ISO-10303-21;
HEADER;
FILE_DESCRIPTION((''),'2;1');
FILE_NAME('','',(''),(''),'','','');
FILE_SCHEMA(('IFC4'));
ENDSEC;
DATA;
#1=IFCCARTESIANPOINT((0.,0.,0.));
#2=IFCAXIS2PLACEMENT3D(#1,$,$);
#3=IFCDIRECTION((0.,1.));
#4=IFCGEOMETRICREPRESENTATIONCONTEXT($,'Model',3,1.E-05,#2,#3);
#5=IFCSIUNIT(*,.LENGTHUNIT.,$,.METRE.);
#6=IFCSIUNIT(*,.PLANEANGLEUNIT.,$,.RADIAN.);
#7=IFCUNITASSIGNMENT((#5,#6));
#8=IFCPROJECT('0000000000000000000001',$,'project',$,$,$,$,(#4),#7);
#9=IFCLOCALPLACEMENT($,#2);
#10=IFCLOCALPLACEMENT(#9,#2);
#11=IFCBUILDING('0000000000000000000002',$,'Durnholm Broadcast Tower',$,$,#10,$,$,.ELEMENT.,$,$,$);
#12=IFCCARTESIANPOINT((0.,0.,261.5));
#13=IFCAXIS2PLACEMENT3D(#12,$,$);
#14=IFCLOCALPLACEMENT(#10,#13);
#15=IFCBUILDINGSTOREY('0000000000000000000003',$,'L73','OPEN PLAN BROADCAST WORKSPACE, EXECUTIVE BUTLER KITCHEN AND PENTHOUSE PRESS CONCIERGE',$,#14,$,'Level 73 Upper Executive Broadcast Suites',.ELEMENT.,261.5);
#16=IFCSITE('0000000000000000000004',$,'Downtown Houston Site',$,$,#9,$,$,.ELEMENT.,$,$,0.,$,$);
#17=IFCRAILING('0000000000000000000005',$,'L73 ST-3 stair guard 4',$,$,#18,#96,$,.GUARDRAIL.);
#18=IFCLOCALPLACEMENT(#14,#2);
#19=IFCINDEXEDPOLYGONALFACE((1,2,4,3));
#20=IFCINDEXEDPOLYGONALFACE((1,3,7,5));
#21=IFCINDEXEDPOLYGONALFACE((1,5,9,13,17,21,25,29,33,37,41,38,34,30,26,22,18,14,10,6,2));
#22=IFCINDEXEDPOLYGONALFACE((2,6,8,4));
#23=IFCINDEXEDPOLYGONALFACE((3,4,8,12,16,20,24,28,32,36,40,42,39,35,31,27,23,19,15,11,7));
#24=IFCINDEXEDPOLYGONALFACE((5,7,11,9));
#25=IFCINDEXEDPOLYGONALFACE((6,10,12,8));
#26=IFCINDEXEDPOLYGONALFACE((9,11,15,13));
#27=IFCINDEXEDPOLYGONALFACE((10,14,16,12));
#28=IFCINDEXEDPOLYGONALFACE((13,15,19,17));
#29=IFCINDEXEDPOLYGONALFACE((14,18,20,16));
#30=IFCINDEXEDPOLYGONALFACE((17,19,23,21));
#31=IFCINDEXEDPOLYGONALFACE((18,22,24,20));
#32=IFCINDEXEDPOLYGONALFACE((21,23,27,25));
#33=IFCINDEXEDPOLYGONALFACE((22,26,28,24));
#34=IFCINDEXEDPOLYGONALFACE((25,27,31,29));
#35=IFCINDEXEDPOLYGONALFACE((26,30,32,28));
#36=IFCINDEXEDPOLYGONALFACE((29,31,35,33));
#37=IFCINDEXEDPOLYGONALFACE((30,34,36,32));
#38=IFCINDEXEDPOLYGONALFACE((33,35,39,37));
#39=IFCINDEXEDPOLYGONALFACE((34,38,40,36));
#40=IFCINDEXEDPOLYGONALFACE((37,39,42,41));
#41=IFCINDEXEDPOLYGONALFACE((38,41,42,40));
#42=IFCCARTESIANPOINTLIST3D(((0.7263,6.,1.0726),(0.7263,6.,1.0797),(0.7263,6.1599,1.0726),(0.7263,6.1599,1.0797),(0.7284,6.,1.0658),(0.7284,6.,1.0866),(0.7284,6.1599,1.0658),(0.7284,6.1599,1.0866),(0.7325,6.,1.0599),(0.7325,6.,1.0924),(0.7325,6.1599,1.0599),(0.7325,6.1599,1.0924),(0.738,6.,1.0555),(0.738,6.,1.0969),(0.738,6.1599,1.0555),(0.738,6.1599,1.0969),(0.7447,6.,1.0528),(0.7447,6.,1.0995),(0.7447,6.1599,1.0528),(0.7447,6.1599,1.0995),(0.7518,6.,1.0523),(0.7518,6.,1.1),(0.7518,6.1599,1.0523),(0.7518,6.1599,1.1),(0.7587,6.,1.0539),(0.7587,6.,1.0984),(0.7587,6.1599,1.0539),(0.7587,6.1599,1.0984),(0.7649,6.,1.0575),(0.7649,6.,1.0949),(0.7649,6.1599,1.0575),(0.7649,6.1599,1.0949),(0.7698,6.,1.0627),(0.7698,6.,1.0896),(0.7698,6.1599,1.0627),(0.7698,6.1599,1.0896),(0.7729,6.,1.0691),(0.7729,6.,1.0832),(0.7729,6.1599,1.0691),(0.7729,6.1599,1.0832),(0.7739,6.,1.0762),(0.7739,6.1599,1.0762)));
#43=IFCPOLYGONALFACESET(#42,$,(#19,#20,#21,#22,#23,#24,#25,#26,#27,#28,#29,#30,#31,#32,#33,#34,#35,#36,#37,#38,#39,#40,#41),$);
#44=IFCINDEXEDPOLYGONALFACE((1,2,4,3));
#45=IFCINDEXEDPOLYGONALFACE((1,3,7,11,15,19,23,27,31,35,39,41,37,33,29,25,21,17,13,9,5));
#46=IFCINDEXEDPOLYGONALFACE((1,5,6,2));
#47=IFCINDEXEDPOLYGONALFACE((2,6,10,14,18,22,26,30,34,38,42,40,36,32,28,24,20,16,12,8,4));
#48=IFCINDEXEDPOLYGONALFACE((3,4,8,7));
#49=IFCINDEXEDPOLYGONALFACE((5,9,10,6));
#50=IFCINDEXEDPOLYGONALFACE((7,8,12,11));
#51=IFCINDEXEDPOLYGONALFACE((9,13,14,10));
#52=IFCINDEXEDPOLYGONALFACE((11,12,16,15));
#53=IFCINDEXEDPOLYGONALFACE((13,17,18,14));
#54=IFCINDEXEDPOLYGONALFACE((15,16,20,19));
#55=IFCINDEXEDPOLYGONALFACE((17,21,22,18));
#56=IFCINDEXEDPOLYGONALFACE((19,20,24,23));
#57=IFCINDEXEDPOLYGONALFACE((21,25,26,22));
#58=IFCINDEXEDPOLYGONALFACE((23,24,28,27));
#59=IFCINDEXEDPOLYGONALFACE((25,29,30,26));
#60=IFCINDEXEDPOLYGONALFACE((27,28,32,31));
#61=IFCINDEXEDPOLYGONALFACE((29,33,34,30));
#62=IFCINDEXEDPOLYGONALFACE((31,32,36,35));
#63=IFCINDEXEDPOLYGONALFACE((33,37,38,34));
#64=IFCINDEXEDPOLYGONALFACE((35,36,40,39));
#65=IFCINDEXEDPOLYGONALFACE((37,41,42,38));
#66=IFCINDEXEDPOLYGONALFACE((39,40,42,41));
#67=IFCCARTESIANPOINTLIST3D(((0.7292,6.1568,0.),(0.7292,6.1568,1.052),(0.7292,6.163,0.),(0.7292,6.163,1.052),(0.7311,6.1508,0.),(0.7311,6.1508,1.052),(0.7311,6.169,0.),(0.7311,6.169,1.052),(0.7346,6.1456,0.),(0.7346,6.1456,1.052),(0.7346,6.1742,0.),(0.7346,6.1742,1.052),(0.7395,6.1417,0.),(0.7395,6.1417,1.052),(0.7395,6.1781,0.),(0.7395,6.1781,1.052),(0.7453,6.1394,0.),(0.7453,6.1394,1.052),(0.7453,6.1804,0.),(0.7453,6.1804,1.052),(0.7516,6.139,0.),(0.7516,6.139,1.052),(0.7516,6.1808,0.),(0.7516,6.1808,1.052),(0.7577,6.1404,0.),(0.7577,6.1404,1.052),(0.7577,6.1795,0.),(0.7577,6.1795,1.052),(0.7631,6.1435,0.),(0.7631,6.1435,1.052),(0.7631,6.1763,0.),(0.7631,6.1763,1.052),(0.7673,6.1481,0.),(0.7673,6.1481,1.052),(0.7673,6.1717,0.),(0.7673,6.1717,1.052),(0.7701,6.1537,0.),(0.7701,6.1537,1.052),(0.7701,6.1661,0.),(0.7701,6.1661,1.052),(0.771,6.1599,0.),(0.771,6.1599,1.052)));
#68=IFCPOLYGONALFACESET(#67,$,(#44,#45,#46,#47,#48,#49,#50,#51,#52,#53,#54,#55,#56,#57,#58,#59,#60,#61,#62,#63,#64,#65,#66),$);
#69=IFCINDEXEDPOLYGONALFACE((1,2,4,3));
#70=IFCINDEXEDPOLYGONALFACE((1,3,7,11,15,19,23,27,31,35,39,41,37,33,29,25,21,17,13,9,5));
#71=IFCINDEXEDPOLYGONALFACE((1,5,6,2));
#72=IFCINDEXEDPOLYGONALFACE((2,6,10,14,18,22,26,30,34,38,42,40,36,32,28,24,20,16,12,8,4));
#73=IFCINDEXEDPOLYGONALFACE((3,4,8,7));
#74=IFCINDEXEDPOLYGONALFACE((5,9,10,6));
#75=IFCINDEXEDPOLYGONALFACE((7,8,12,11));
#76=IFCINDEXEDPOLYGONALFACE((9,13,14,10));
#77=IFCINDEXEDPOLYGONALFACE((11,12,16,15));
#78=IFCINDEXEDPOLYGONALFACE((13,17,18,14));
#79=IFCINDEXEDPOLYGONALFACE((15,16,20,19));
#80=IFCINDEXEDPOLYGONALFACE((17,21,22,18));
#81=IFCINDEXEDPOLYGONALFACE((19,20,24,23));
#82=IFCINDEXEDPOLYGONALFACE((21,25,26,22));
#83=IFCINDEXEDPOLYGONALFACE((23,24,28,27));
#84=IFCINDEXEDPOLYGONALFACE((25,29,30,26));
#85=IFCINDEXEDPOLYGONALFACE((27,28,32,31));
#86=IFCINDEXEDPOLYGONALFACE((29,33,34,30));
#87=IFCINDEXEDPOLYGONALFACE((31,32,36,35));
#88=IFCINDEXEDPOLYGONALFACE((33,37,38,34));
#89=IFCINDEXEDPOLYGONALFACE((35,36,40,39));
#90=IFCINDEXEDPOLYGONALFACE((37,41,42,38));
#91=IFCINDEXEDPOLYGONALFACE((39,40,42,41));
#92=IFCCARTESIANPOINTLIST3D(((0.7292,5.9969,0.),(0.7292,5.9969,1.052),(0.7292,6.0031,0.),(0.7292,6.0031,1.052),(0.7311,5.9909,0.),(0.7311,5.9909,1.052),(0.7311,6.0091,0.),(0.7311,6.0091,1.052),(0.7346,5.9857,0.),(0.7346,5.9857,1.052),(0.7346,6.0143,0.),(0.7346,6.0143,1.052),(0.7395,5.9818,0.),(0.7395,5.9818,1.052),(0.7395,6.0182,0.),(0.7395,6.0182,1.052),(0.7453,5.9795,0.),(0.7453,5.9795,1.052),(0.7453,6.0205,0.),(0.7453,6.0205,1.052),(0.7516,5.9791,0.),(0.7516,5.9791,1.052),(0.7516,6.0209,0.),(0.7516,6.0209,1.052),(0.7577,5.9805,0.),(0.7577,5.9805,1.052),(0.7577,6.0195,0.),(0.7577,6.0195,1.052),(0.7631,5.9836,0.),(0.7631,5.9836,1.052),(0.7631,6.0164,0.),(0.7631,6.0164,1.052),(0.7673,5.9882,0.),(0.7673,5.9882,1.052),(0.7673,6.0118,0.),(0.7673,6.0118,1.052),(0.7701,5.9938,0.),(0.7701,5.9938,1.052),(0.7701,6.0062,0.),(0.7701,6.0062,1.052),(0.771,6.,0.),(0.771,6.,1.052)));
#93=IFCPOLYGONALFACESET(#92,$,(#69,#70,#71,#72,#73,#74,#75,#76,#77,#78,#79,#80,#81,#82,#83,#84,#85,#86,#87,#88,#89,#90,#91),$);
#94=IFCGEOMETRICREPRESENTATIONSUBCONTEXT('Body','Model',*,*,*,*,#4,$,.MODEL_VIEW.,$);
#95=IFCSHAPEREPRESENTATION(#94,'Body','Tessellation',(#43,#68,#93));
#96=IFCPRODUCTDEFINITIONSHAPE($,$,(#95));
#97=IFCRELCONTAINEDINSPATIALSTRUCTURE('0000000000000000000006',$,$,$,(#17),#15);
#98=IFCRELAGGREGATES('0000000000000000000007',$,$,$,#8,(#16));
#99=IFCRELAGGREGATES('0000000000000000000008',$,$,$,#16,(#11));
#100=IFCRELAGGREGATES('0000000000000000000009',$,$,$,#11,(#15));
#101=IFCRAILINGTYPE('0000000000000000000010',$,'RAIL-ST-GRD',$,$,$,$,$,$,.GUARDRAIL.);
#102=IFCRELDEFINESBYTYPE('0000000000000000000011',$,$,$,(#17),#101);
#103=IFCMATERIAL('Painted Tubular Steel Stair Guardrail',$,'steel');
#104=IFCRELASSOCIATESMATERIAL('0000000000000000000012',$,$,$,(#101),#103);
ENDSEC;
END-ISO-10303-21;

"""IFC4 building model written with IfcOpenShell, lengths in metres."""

from ifc_helpers import new_model, si_unit, direction, frame, origin, origin_2d, place, context, subcontext, project, spatial, circle, extrude, material, type_object, element, save


model = new_model("IFC4")

# Units and contexts
model_context = context("Model", 3, precision=1e-05, world=origin(), true_north=direction((0.0, 1.0)))
body_context = subcontext(model_context, "Body", "Model", "MODEL_VIEW")
ifc_project = project(units=[si_unit("LENGTHUNIT", "METRE"), si_unit("PLANEANGLEUNIT", "RADIAN")], contexts=[model_context])

# Site, building, storey
site_placement = place(None, origin())
site = spatial("IfcSite", under=ifc_project, at=site_placement, Name="Downtown Houston Site", CompositionType="ELEMENT", RefElevation=0.0)
building_placement = place(site_placement, origin())
building = spatial("IfcBuilding", under=site, at=building_placement, Name="Durnholm Broadcast Tower", CompositionType="ELEMENT")
storey_placement = place(building_placement, frame((0.0, 0.0, 261.5)))
storey = spatial("IfcBuildingStorey", under=building, at=storey_placement, Name="L73", Description="OPEN PLAN BROADCAST WORKSPACE, EXECUTIVE BUTLER KITCHEN AND PENTHOUSE PRESS CONCIERGE", LongName="Level 73 Upper Executive Broadcast Suites", CompositionType="ELEMENT", Elevation=261.5)

# Railing
ifc_material_1 = material(Name="Painted Tubular Steel Stair Guardrail", Category="steel")
railing_type = type_object("IfcRailingType", Name="RAIL-ST-GRD", PredefinedType="GUARDRAIL", material=ifc_material_1)
railing_1_placement = place(storey_placement, frame((0.75, 6.1599, 0.0)))
element("IfcRailing", 1, at=railing_1_placement, inside=storey, type_object=railing_type, Name="L73 ST-3 stair guard 4", PredefinedType="GUARDRAIL", context=body_context, shape_type="SweptSolid", body=[
    extrude(circle(Radius=0.0239, at=origin_2d()), frame((0.0, 0.0, 1.0762), z_axis=(0.0, -1.0, 0.0), x_axis=(1.0, 0.0, 0.0)), (0.0, 0.0, 1.0), 0.1599),
    extrude(circle(Radius=0.021, at=origin_2d()), origin(), (0.0, 0.0, 1.0), 1.052),
    extrude(circle(Radius=0.021, at=origin_2d()), frame((0.0, -0.1599, 0.0)), (0.0, 0.0, 1.0), 1.052),
])

save(model, "model.ifc")
